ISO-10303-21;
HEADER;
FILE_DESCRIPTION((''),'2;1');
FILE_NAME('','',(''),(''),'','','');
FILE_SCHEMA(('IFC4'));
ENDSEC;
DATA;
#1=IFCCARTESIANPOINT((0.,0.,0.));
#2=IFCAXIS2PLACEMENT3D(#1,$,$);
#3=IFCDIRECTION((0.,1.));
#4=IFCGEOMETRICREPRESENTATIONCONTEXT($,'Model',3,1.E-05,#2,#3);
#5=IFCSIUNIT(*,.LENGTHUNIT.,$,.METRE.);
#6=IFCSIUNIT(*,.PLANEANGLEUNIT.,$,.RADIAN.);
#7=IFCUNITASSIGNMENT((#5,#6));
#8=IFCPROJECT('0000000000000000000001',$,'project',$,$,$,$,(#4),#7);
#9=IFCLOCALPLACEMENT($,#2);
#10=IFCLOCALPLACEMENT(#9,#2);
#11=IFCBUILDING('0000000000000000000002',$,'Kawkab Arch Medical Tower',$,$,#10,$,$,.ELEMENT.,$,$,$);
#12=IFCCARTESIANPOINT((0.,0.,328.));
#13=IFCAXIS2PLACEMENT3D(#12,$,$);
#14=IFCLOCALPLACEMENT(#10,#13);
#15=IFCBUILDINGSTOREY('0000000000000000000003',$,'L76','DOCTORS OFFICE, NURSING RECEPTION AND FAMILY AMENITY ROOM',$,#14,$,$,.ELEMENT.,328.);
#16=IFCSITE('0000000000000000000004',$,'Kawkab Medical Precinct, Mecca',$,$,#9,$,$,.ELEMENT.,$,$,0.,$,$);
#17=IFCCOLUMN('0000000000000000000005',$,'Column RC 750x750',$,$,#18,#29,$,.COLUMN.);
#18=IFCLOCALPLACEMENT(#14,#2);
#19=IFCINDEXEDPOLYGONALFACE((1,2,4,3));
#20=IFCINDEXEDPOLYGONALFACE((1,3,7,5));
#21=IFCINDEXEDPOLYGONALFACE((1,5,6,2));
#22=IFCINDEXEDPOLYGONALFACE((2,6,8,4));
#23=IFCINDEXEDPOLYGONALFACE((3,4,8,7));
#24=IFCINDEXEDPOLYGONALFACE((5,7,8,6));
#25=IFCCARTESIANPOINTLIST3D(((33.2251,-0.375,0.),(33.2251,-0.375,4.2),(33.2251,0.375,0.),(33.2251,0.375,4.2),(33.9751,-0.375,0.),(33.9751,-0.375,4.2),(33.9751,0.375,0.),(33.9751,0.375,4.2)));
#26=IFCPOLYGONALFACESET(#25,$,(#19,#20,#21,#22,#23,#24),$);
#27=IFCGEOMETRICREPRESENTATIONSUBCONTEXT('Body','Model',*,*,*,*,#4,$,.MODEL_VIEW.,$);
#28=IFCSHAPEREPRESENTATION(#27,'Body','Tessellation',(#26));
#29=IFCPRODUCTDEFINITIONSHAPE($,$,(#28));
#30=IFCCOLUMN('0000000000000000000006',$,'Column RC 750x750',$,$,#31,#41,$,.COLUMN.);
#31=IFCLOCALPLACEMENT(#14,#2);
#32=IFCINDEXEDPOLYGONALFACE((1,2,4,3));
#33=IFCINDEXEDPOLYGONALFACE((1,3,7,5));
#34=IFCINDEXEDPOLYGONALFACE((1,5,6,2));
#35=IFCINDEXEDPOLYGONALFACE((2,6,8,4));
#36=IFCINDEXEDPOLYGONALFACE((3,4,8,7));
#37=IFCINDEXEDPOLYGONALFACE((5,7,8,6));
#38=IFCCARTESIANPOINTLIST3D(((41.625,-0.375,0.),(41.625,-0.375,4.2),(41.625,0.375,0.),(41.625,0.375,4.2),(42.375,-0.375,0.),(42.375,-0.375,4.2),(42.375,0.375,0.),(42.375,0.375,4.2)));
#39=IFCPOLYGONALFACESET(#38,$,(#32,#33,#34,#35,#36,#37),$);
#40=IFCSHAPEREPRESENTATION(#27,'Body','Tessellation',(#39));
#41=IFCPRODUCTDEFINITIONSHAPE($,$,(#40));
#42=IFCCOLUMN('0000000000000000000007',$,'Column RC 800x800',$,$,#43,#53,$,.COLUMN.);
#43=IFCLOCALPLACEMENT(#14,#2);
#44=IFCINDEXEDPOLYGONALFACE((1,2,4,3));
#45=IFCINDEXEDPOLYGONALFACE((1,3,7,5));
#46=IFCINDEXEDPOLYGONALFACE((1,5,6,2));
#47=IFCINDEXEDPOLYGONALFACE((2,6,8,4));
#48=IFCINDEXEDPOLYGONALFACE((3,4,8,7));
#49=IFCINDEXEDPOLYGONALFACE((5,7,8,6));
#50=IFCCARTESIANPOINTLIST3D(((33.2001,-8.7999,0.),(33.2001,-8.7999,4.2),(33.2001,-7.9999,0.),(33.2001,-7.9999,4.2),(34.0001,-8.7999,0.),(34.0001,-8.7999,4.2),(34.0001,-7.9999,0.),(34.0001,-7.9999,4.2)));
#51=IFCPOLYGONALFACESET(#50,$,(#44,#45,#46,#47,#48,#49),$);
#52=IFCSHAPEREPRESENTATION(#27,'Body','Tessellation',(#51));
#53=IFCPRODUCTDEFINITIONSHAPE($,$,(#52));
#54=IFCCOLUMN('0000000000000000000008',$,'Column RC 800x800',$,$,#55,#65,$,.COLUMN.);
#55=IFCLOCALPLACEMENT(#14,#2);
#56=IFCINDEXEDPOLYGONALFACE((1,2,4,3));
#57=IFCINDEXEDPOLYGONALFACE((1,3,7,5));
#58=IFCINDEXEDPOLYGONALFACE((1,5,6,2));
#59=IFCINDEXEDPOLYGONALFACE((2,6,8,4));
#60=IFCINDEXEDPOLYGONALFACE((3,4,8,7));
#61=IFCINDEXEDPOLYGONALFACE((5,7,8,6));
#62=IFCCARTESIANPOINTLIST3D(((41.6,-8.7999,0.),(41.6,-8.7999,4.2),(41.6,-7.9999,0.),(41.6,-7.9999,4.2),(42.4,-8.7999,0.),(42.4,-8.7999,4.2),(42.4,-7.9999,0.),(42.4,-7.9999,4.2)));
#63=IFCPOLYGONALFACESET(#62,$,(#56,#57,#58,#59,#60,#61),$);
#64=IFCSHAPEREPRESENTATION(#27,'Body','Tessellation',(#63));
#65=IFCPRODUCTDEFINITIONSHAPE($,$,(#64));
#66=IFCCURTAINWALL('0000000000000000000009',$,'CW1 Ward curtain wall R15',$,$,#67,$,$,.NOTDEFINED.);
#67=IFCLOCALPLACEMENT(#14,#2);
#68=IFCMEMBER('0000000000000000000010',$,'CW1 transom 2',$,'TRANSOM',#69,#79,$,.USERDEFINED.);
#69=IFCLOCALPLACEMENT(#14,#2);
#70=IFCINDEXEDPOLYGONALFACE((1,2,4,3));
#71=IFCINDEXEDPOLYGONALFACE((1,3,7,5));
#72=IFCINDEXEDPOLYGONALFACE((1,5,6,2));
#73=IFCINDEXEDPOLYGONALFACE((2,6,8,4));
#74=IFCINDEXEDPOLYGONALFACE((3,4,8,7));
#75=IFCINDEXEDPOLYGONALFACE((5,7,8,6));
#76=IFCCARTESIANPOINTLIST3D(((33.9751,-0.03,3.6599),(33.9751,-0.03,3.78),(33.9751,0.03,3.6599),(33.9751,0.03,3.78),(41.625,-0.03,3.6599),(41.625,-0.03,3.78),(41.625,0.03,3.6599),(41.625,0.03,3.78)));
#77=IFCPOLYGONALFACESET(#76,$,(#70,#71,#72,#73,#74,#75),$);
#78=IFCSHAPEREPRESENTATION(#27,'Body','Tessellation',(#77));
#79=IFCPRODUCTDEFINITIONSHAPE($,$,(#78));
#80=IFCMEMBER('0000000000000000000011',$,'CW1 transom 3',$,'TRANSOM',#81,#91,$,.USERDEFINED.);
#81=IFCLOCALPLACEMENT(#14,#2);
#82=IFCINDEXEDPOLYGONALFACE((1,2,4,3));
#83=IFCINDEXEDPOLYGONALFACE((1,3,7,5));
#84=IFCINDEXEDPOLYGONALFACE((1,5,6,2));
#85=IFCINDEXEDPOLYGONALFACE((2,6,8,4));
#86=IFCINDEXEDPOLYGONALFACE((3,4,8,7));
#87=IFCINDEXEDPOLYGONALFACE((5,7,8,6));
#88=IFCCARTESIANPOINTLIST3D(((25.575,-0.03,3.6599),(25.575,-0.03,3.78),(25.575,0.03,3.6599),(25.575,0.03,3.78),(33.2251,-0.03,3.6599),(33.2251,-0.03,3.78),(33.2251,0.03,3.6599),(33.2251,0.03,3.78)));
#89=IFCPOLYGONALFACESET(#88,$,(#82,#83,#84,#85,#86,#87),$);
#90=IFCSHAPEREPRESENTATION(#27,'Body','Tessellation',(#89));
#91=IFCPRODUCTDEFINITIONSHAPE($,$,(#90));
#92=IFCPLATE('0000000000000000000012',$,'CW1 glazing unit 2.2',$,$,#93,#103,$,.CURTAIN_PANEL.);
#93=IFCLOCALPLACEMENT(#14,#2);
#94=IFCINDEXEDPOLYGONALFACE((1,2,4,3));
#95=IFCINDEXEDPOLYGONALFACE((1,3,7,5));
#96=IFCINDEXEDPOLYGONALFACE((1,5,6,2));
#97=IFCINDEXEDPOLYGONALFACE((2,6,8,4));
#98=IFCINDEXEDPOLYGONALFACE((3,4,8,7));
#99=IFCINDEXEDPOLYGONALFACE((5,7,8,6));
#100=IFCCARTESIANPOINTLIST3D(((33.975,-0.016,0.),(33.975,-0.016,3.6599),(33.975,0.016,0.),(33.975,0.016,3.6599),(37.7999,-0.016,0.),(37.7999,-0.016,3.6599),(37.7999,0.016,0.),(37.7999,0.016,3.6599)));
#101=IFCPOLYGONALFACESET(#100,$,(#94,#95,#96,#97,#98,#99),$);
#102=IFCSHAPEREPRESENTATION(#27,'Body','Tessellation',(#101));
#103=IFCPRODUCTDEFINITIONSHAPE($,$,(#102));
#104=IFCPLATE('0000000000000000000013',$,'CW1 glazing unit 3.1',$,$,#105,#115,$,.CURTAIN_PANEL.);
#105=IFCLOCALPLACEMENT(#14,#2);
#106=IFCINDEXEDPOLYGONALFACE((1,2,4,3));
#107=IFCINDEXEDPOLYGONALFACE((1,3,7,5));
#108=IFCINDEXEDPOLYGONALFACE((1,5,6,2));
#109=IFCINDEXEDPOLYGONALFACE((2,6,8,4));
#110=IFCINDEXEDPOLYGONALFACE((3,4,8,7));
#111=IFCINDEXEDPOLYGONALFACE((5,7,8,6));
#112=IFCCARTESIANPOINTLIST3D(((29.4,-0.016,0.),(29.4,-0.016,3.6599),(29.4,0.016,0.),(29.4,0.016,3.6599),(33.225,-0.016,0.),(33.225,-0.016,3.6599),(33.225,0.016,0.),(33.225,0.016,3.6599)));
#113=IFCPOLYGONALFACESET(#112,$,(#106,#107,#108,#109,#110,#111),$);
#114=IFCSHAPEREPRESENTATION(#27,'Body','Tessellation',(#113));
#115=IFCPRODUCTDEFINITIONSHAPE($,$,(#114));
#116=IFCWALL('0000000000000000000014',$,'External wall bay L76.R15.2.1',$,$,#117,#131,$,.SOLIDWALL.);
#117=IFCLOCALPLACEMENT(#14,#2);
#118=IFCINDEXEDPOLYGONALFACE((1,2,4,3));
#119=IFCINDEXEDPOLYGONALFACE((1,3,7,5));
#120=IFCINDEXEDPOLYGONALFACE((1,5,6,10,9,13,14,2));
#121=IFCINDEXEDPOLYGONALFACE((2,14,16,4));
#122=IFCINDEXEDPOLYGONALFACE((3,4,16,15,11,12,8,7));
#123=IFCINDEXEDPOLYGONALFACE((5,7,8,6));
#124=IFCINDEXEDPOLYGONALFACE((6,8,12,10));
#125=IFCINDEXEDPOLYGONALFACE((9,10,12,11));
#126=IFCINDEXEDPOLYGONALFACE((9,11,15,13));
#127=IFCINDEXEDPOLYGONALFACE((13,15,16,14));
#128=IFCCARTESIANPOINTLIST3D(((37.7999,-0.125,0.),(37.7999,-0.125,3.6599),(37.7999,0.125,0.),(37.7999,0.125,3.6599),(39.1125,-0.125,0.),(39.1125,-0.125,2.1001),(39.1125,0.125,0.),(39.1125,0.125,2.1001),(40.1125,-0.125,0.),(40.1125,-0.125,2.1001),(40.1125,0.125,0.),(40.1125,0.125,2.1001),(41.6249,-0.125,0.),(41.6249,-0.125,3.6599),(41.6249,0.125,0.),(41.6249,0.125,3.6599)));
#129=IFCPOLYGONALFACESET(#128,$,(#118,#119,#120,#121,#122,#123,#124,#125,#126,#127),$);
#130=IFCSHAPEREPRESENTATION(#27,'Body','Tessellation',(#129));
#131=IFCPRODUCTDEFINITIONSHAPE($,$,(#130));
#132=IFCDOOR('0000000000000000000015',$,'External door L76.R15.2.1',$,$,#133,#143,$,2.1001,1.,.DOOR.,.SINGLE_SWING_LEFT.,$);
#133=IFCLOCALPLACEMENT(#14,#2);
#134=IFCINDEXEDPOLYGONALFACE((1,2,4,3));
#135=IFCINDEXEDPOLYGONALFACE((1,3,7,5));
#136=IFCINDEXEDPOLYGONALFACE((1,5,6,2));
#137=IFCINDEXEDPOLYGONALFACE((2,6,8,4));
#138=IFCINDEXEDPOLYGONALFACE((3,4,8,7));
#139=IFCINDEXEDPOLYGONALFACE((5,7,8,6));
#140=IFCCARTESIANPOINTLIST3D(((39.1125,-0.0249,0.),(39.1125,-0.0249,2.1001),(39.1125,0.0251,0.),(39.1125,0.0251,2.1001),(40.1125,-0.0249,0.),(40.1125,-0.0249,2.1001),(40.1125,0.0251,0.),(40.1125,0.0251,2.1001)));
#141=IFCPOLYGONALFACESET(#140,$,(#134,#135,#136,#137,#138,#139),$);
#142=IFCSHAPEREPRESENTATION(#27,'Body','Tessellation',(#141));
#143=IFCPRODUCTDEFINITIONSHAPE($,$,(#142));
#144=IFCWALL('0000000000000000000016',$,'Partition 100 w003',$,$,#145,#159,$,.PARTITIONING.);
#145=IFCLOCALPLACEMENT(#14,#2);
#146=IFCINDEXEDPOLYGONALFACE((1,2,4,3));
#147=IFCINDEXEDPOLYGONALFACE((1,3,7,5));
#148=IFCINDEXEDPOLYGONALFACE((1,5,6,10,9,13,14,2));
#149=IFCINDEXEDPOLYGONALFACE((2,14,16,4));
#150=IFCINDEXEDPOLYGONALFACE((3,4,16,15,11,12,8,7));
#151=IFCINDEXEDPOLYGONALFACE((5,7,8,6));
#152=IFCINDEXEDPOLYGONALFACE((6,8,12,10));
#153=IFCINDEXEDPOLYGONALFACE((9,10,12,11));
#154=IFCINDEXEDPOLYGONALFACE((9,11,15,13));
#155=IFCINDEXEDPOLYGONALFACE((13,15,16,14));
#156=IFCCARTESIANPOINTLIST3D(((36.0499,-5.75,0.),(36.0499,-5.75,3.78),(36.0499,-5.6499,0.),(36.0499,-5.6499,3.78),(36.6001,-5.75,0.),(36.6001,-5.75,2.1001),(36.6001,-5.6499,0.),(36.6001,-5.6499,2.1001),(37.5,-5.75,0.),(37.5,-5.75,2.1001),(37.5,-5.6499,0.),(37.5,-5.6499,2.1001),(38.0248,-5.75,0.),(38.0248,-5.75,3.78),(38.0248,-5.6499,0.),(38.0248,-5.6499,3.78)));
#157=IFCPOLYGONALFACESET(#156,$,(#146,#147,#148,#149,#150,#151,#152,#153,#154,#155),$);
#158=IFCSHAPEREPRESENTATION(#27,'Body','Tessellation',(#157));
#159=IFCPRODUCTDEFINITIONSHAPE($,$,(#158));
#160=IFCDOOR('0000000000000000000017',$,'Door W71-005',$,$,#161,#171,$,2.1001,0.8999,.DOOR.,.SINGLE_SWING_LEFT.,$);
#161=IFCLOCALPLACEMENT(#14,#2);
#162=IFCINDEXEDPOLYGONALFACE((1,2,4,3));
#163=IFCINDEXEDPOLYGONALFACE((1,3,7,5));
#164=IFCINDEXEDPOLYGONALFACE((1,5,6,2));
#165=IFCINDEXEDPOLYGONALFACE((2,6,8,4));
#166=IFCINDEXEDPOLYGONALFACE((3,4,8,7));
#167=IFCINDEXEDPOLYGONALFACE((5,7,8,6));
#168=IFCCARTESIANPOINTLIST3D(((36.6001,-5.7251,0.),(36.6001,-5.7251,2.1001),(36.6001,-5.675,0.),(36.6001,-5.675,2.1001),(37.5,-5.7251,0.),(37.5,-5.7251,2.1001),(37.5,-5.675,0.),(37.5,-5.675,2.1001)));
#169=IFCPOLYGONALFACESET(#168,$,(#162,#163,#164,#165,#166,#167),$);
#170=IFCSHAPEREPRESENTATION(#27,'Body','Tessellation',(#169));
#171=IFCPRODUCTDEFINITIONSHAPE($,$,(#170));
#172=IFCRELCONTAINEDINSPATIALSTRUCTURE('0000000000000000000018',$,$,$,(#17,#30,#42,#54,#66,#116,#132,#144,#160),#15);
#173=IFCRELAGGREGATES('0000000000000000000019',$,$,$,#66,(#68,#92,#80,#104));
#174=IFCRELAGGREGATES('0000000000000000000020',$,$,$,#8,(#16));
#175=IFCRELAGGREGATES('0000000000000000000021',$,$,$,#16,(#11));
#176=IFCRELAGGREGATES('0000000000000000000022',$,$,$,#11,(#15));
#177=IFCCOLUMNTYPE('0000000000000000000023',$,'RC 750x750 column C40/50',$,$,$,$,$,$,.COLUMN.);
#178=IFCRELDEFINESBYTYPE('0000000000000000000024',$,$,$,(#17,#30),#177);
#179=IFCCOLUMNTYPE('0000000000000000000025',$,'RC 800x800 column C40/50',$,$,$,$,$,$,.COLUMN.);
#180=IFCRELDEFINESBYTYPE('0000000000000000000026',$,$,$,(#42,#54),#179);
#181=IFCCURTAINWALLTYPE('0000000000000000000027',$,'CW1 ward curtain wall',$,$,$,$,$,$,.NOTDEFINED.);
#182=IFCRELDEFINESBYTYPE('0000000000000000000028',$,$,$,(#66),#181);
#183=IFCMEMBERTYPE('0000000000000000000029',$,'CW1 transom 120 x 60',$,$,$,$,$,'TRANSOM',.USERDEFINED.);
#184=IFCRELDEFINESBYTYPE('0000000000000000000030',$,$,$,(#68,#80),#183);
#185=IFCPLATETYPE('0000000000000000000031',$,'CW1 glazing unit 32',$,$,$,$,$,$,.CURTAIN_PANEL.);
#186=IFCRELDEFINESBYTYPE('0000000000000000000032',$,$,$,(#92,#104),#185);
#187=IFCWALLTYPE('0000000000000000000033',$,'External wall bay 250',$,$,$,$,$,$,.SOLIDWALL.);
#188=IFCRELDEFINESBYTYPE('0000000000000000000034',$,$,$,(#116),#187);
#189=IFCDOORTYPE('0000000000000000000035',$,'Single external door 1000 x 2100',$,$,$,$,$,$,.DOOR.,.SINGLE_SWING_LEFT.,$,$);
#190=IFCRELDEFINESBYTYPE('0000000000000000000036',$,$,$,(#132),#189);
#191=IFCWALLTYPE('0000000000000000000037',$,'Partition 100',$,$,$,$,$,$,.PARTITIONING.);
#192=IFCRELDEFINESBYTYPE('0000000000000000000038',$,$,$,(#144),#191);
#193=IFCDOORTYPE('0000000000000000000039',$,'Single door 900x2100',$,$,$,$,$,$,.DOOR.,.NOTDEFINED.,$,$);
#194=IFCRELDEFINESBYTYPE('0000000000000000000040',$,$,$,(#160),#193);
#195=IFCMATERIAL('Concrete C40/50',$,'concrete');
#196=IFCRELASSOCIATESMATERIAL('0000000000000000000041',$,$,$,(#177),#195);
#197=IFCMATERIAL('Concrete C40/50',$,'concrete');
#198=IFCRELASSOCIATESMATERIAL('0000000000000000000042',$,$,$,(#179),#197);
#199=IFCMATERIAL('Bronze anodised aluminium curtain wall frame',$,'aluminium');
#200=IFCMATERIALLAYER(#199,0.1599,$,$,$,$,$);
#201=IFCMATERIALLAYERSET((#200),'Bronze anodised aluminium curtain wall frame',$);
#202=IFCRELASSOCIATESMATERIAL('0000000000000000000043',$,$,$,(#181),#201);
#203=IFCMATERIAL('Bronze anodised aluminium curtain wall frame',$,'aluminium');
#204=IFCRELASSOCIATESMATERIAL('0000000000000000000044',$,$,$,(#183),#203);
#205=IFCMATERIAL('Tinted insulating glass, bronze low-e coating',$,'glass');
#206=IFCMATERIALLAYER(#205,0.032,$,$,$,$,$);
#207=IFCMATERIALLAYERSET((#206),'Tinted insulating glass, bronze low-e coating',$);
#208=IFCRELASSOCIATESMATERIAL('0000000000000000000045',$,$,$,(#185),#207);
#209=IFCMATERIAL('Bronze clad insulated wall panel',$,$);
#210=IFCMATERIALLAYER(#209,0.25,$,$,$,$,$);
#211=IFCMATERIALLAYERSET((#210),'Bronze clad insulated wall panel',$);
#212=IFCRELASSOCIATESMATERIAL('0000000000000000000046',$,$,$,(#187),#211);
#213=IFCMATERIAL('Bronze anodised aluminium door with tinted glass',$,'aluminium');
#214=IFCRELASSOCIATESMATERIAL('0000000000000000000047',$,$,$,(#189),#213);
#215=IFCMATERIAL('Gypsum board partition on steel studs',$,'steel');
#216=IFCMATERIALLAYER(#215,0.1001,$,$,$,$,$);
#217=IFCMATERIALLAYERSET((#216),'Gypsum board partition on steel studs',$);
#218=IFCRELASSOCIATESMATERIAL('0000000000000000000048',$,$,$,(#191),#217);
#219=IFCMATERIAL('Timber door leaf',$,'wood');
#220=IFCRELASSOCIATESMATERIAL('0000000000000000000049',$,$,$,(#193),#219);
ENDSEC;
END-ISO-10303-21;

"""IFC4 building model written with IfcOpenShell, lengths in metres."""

from ifc_helpers import new_model, si_unit, direction, frame, frame_2d, origin, origin_2d, place, context, subcontext, project, spatial, rectangle, extrude, material, layer, layer_set, material_profile, profile_set, type_object, element, fill, aggregate, save


model = new_model("IFC4")

# Units and contexts
model_context = context("Model", 3, precision=1e-05, world=origin(), true_north=direction((0.0, 1.0)))
body_context = subcontext(model_context, "Body", "Model", "MODEL_VIEW")
ifc_project = project(units=[si_unit("LENGTHUNIT", "METRE"), si_unit("PLANEANGLEUNIT", "RADIAN")], contexts=[model_context])

# Site, building, storey
site_placement = place(None, origin())
site = spatial("IfcSite", under=ifc_project, at=site_placement, Name="Kawkab Medical Precinct, Mecca", CompositionType="ELEMENT", RefElevation=0.0)
building_placement = place(site_placement, origin())
building = spatial("IfcBuilding", under=site, at=building_placement, Name="Kawkab Arch Medical Tower", CompositionType="ELEMENT")
storey_placement = place(building_placement, frame((0.0, 0.0, 328.0)))
storey = spatial("IfcBuildingStorey", under=building, at=storey_placement, Name="L76", Description="DOCTORS OFFICE, NURSING RECEPTION AND FAMILY AMENITY ROOM", CompositionType="ELEMENT", Elevation=328.0)

# Columns
ifc_material_1 = material(Name="Concrete C40/50", Category="concrete")
ifc_material_profile_1 = material_profile(ifc_material_1, rectangle(XDim=0.75, YDim=0.75, at=origin_2d()), Name="RC 750x750")
ifc_profile_set_1 = profile_set([ifc_material_profile_1], Name="Concrete C40/50")
column_type_1 = type_object("IfcColumnType", Name="RC 750x750 column C40/50", PredefinedType="COLUMN", material=ifc_profile_set_1)
for number, where, z_axis, x_axis, name in (
    (1, (33.6001, 0.0, 0.0), (0.0, 0.0, 1.0), (1.0, 0.0, 0.0), "Column RC 750x750"),
    (2, (42.0, 0.0, 0.0), (0.0, 0.0, 1.0), (1.0, 0.0, 0.0), "Column RC 750x750"),
):
    element("IfcColumn", number, at=place(storey_placement, frame(where, z_axis=z_axis, x_axis=x_axis)), inside=storey, type_object=column_type_1, Name=name, PredefinedType="COLUMN", context=body_context, shape_type="SweptSolid", body=[
        extrude(rectangle(XDim=0.75, YDim=0.75, at=origin_2d()), origin(), (0.0, 0.0, 1.0), 4.2),
    ])
ifc_material_2 = material(Name="Concrete C40/50", Category="concrete")
ifc_material_profile_2 = material_profile(ifc_material_2, rectangle(XDim=0.8, YDim=0.8, at=origin_2d()), Name="RC 800x800")
ifc_profile_set_2 = profile_set([ifc_material_profile_2], Name="Concrete C40/50")
column_type_2 = type_object("IfcColumnType", Name="RC 800x800 column C40/50", PredefinedType="COLUMN", material=ifc_profile_set_2)
for number, where, z_axis, x_axis, name in (
    (3, (33.6001, -8.3999, 0.0), (0.0, 0.0, 1.0), (1.0, 0.0, 0.0), "Column RC 800x800"),
    (4, (42.0, -8.3999, 0.0), (0.0, 0.0, 1.0), (1.0, 0.0, 0.0), "Column RC 800x800"),
):
    element("IfcColumn", number, at=place(storey_placement, frame(where, z_axis=z_axis, x_axis=x_axis)), inside=storey, type_object=column_type_2, Name=name, PredefinedType="COLUMN", context=body_context, shape_type="SweptSolid", body=[
        extrude(rectangle(XDim=0.8, YDim=0.8, at=origin_2d()), origin(), (0.0, 0.0, 1.0), 4.2),
    ])

# Curtain wall, members, plates
ifc_material_3 = material(Name="Bronze anodised aluminium curtain wall frame", Category="aluminium")
ifc_layer_1 = layer(ifc_material_3, 0.1599)
ifc_layer_set_1 = layer_set([ifc_layer_1], Name="Bronze anodised aluminium curtain wall frame")
curtain_wall_type = type_object("IfcCurtainWallType", Name="CW1 ward curtain wall", PredefinedType="NOTDEFINED", material=ifc_layer_set_1)
curtain_wall_placement = place(storey_placement, origin())
curtain_wall = element("IfcCurtainWall", 5, at=curtain_wall_placement, inside=storey, type_object=curtain_wall_type, Name="CW1 Ward curtain wall R15", PredefinedType="NOTDEFINED")
ifc_material_4 = material(Name="Bronze anodised aluminium curtain wall frame", Category="aluminium")
ifc_material_profile_3 = material_profile(ifc_material_4, rectangle(XDim=0.0601, YDim=0.1201, at=origin_2d()), Name="AL 60x120")
ifc_profile_set_3 = profile_set([ifc_material_profile_3], Name="Bronze anodised aluminium curtain wall frame")
member_type = type_object("IfcMemberType", Name="CW1 transom 120 x 60", ElementType="TRANSOM", PredefinedType="USERDEFINED", material=ifc_profile_set_3)
member_1_placement = place(storey_placement, frame((41.625, 0.0, 3.72), z_axis=(-1.0, 0.0, 0.0), x_axis=(0.0, -1.0, 0.0)))
member_1 = element("IfcMember", 6, at=member_1_placement, type_object=member_type, Name="CW1 transom 2", ObjectType="TRANSOM", PredefinedType="USERDEFINED", context=body_context, shape_type="SweptSolid", body=[
    extrude(rectangle(XDim=0.0601, YDim=0.1201, at=origin_2d()), origin(), (0.0, 0.0, 1.0), 7.6499),
])
member_2_placement = place(storey_placement, frame((33.2251, 0.0, 3.72), z_axis=(-1.0, 0.0, 0.0), x_axis=(0.0, -1.0, 0.0)))
member_2 = element("IfcMember", 7, at=member_2_placement, type_object=member_type, Name="CW1 transom 3", ObjectType="TRANSOM", PredefinedType="USERDEFINED", context=body_context, shape_type="SweptSolid", body=[
    extrude(rectangle(XDim=0.0601, YDim=0.1201, at=origin_2d()), origin(), (0.0, 0.0, 1.0), 7.6501),
])
ifc_material_5 = material(Name="Tinted insulating glass, bronze low-e coating", Category="glass")
ifc_layer_2 = layer(ifc_material_5, 0.032)
ifc_layer_set_2 = layer_set([ifc_layer_2], Name="Tinted insulating glass, bronze low-e coating")
plate_type = type_object("IfcPlateType", Name="CW1 glazing unit 32", PredefinedType="CURTAIN_PANEL", material=ifc_layer_set_2)
plate_1_placement = place(storey_placement, frame((35.8875, 0.0, 0.0), z_axis=(0.0, 0.0, 1.0), x_axis=(-1.0, 0.0, 0.0)))
plate_1 = element("IfcPlate", 8, at=plate_1_placement, type_object=plate_type, Name="CW1 glazing unit 2.2", PredefinedType="CURTAIN_PANEL", context=body_context, shape_type="SweptSolid", body=[
    extrude(rectangle(XDim=3.825, YDim=0.032, at=origin_2d()), origin(), (0.0, 0.0, 1.0), 3.6599),
])
plate_2_placement = place(storey_placement, frame((31.3125, 0.0, 0.0), z_axis=(0.0, 0.0, 1.0), x_axis=(-1.0, 0.0, 0.0)))
plate_2 = element("IfcPlate", 9, at=plate_2_placement, type_object=plate_type, Name="CW1 glazing unit 3.1", PredefinedType="CURTAIN_PANEL", context=body_context, shape_type="SweptSolid", body=[
    extrude(rectangle(XDim=3.825, YDim=0.032, at=origin_2d()), origin(), (0.0, 0.0, 1.0), 3.6599),
])
aggregate(curtain_wall, [member_1, plate_1, member_2, plate_2])

# Walls, openings, doors
ifc_material_6 = material(Name="Bronze clad insulated wall panel")
ifc_layer_3 = layer(ifc_material_6, 0.25)
ifc_layer_set_3 = layer_set([ifc_layer_3], Name="Bronze clad insulated wall panel")
wall_type_1 = type_object("IfcWallType", Name="External wall bay 250", PredefinedType="SOLIDWALL", material=ifc_layer_set_3)
wall_1_placement = place(storey_placement, frame((41.625, 0.0, 0.0), z_axis=(0.0, 0.0, 1.0), x_axis=(-1.0, 0.0, 0.0)))
wall_1 = element("IfcWall", 10, at=wall_1_placement, inside=storey, type_object=wall_type_1, Name="External wall bay L76.R15.2.1", PredefinedType="SOLIDWALL", context=body_context, shape_type="SweptSolid", body=[
    extrude(rectangle(XDim=3.825, YDim=0.25, at=frame_2d((1.9126, 0.0))), origin(), (0.0, 0.0, 1.0), 3.6599),
])
opening_1_placement = place(wall_1_placement, frame((1.5125, 0.0, 0.0)))
opening_1 = element("IfcOpeningElement", 11, at=opening_1_placement, cuts=wall_1, PredefinedType="OPENING", context=body_context, shape_type="SweptSolid", body=[
    extrude(rectangle(XDim=1.0, YDim=2.1001, at=frame_2d((0.5, 1.05))), frame((0.0, 0.135, 0.0), z_axis=(0.0, -1.0, 0.0), x_axis=(1.0, 0.0, 0.0)), (0.0, 0.0, 1.0), 0.27),
])
ifc_material_7 = material(Name="Bronze anodised aluminium door with tinted glass", Category="aluminium")
door_type_1 = type_object("IfcDoorType", Name="Single external door 1000 x 2100", OperationType="SINGLE_SWING_LEFT", PredefinedType="DOOR", material=ifc_material_7)
door_1_placement = place(opening_1_placement, origin())
door_1 = element("IfcDoor", 12, at=door_1_placement, inside=storey, type_object=door_type_1, Name="External door L76.R15.2.1", OperationType="SINGLE_SWING_LEFT", OverallHeight=2.1001, OverallWidth=1.0, PredefinedType="DOOR", context=body_context, shape_type="SweptSolid", body=[
    extrude(rectangle(XDim=1.0, YDim=2.1001, at=frame_2d((0.5, 1.05))), frame((0.0, 0.0249, 0.0), z_axis=(0.0, -1.0, 0.0), x_axis=(1.0, 0.0, 0.0)), (0.0, 0.0, 1.0), 0.05),
])
fill(opening_1, door_1)
ifc_material_8 = material(Name="Gypsum board partition on steel studs", Category="steel")
ifc_layer_4 = layer(ifc_material_8, 0.1001)
ifc_layer_set_4 = layer_set([ifc_layer_4], Name="Gypsum board partition on steel studs")
wall_type_2 = type_object("IfcWallType", Name="Partition 100", PredefinedType="PARTITIONING", material=ifc_layer_set_4)
wall_2_placement = place(storey_placement, frame((36.05, -5.7, 0.0), z_axis=(0.0, 0.0, 1.0), x_axis=(1.0, 0.0, 0.0)))
wall_2 = element("IfcWall", 13, at=wall_2_placement, inside=storey, type_object=wall_type_2, Name="Partition 100 w003", PredefinedType="PARTITIONING", context=body_context, shape_type="SweptSolid", body=[
    extrude(rectangle(XDim=1.9749, YDim=0.1001, at=frame_2d((0.9873, 0.0))), origin(), (0.0, 0.0, 1.0), 3.78),
])
opening_2_placement = place(wall_2_placement, frame((0.55, 0.0, 0.0)))
opening_2 = element("IfcOpeningElement", 14, at=opening_2_placement, cuts=wall_2, PredefinedType="OPENING", context=body_context, shape_type="SweptSolid", body=[
    extrude(rectangle(XDim=0.8999, YDim=2.1001, at=frame_2d((0.45, 1.05))), frame((0.0, 0.0601, 0.0), z_axis=(0.0, -1.0, 0.0), x_axis=(1.0, 0.0, 0.0)), (0.0, 0.0, 1.0), 0.1201),
])
ifc_material_9 = material(Name="Timber door leaf", Category="wood")
door_type_2 = type_object("IfcDoorType", Name="Single door 900x2100", OperationType="NOTDEFINED", PredefinedType="DOOR", material=ifc_material_9)
door_2_placement = place(opening_2_placement, origin())
door_2 = element("IfcDoor", 15, at=door_2_placement, inside=storey, type_object=door_type_2, Name="Door W71-005", OperationType="SINGLE_SWING_LEFT", OverallHeight=2.1001, OverallWidth=0.8999, PredefinedType="DOOR", context=body_context, shape_type="SweptSolid", body=[
    extrude(rectangle(XDim=0.8999, YDim=2.1001, at=frame_2d((0.45, 1.05))), frame((0.0, 0.0249, 0.0), z_axis=(0.0, -1.0, 0.0), x_axis=(1.0, 0.0, 0.0)), (0.0, 0.0, 1.0), 0.05),
])
fill(opening_2, door_2)

save(model, "model.ifc")
